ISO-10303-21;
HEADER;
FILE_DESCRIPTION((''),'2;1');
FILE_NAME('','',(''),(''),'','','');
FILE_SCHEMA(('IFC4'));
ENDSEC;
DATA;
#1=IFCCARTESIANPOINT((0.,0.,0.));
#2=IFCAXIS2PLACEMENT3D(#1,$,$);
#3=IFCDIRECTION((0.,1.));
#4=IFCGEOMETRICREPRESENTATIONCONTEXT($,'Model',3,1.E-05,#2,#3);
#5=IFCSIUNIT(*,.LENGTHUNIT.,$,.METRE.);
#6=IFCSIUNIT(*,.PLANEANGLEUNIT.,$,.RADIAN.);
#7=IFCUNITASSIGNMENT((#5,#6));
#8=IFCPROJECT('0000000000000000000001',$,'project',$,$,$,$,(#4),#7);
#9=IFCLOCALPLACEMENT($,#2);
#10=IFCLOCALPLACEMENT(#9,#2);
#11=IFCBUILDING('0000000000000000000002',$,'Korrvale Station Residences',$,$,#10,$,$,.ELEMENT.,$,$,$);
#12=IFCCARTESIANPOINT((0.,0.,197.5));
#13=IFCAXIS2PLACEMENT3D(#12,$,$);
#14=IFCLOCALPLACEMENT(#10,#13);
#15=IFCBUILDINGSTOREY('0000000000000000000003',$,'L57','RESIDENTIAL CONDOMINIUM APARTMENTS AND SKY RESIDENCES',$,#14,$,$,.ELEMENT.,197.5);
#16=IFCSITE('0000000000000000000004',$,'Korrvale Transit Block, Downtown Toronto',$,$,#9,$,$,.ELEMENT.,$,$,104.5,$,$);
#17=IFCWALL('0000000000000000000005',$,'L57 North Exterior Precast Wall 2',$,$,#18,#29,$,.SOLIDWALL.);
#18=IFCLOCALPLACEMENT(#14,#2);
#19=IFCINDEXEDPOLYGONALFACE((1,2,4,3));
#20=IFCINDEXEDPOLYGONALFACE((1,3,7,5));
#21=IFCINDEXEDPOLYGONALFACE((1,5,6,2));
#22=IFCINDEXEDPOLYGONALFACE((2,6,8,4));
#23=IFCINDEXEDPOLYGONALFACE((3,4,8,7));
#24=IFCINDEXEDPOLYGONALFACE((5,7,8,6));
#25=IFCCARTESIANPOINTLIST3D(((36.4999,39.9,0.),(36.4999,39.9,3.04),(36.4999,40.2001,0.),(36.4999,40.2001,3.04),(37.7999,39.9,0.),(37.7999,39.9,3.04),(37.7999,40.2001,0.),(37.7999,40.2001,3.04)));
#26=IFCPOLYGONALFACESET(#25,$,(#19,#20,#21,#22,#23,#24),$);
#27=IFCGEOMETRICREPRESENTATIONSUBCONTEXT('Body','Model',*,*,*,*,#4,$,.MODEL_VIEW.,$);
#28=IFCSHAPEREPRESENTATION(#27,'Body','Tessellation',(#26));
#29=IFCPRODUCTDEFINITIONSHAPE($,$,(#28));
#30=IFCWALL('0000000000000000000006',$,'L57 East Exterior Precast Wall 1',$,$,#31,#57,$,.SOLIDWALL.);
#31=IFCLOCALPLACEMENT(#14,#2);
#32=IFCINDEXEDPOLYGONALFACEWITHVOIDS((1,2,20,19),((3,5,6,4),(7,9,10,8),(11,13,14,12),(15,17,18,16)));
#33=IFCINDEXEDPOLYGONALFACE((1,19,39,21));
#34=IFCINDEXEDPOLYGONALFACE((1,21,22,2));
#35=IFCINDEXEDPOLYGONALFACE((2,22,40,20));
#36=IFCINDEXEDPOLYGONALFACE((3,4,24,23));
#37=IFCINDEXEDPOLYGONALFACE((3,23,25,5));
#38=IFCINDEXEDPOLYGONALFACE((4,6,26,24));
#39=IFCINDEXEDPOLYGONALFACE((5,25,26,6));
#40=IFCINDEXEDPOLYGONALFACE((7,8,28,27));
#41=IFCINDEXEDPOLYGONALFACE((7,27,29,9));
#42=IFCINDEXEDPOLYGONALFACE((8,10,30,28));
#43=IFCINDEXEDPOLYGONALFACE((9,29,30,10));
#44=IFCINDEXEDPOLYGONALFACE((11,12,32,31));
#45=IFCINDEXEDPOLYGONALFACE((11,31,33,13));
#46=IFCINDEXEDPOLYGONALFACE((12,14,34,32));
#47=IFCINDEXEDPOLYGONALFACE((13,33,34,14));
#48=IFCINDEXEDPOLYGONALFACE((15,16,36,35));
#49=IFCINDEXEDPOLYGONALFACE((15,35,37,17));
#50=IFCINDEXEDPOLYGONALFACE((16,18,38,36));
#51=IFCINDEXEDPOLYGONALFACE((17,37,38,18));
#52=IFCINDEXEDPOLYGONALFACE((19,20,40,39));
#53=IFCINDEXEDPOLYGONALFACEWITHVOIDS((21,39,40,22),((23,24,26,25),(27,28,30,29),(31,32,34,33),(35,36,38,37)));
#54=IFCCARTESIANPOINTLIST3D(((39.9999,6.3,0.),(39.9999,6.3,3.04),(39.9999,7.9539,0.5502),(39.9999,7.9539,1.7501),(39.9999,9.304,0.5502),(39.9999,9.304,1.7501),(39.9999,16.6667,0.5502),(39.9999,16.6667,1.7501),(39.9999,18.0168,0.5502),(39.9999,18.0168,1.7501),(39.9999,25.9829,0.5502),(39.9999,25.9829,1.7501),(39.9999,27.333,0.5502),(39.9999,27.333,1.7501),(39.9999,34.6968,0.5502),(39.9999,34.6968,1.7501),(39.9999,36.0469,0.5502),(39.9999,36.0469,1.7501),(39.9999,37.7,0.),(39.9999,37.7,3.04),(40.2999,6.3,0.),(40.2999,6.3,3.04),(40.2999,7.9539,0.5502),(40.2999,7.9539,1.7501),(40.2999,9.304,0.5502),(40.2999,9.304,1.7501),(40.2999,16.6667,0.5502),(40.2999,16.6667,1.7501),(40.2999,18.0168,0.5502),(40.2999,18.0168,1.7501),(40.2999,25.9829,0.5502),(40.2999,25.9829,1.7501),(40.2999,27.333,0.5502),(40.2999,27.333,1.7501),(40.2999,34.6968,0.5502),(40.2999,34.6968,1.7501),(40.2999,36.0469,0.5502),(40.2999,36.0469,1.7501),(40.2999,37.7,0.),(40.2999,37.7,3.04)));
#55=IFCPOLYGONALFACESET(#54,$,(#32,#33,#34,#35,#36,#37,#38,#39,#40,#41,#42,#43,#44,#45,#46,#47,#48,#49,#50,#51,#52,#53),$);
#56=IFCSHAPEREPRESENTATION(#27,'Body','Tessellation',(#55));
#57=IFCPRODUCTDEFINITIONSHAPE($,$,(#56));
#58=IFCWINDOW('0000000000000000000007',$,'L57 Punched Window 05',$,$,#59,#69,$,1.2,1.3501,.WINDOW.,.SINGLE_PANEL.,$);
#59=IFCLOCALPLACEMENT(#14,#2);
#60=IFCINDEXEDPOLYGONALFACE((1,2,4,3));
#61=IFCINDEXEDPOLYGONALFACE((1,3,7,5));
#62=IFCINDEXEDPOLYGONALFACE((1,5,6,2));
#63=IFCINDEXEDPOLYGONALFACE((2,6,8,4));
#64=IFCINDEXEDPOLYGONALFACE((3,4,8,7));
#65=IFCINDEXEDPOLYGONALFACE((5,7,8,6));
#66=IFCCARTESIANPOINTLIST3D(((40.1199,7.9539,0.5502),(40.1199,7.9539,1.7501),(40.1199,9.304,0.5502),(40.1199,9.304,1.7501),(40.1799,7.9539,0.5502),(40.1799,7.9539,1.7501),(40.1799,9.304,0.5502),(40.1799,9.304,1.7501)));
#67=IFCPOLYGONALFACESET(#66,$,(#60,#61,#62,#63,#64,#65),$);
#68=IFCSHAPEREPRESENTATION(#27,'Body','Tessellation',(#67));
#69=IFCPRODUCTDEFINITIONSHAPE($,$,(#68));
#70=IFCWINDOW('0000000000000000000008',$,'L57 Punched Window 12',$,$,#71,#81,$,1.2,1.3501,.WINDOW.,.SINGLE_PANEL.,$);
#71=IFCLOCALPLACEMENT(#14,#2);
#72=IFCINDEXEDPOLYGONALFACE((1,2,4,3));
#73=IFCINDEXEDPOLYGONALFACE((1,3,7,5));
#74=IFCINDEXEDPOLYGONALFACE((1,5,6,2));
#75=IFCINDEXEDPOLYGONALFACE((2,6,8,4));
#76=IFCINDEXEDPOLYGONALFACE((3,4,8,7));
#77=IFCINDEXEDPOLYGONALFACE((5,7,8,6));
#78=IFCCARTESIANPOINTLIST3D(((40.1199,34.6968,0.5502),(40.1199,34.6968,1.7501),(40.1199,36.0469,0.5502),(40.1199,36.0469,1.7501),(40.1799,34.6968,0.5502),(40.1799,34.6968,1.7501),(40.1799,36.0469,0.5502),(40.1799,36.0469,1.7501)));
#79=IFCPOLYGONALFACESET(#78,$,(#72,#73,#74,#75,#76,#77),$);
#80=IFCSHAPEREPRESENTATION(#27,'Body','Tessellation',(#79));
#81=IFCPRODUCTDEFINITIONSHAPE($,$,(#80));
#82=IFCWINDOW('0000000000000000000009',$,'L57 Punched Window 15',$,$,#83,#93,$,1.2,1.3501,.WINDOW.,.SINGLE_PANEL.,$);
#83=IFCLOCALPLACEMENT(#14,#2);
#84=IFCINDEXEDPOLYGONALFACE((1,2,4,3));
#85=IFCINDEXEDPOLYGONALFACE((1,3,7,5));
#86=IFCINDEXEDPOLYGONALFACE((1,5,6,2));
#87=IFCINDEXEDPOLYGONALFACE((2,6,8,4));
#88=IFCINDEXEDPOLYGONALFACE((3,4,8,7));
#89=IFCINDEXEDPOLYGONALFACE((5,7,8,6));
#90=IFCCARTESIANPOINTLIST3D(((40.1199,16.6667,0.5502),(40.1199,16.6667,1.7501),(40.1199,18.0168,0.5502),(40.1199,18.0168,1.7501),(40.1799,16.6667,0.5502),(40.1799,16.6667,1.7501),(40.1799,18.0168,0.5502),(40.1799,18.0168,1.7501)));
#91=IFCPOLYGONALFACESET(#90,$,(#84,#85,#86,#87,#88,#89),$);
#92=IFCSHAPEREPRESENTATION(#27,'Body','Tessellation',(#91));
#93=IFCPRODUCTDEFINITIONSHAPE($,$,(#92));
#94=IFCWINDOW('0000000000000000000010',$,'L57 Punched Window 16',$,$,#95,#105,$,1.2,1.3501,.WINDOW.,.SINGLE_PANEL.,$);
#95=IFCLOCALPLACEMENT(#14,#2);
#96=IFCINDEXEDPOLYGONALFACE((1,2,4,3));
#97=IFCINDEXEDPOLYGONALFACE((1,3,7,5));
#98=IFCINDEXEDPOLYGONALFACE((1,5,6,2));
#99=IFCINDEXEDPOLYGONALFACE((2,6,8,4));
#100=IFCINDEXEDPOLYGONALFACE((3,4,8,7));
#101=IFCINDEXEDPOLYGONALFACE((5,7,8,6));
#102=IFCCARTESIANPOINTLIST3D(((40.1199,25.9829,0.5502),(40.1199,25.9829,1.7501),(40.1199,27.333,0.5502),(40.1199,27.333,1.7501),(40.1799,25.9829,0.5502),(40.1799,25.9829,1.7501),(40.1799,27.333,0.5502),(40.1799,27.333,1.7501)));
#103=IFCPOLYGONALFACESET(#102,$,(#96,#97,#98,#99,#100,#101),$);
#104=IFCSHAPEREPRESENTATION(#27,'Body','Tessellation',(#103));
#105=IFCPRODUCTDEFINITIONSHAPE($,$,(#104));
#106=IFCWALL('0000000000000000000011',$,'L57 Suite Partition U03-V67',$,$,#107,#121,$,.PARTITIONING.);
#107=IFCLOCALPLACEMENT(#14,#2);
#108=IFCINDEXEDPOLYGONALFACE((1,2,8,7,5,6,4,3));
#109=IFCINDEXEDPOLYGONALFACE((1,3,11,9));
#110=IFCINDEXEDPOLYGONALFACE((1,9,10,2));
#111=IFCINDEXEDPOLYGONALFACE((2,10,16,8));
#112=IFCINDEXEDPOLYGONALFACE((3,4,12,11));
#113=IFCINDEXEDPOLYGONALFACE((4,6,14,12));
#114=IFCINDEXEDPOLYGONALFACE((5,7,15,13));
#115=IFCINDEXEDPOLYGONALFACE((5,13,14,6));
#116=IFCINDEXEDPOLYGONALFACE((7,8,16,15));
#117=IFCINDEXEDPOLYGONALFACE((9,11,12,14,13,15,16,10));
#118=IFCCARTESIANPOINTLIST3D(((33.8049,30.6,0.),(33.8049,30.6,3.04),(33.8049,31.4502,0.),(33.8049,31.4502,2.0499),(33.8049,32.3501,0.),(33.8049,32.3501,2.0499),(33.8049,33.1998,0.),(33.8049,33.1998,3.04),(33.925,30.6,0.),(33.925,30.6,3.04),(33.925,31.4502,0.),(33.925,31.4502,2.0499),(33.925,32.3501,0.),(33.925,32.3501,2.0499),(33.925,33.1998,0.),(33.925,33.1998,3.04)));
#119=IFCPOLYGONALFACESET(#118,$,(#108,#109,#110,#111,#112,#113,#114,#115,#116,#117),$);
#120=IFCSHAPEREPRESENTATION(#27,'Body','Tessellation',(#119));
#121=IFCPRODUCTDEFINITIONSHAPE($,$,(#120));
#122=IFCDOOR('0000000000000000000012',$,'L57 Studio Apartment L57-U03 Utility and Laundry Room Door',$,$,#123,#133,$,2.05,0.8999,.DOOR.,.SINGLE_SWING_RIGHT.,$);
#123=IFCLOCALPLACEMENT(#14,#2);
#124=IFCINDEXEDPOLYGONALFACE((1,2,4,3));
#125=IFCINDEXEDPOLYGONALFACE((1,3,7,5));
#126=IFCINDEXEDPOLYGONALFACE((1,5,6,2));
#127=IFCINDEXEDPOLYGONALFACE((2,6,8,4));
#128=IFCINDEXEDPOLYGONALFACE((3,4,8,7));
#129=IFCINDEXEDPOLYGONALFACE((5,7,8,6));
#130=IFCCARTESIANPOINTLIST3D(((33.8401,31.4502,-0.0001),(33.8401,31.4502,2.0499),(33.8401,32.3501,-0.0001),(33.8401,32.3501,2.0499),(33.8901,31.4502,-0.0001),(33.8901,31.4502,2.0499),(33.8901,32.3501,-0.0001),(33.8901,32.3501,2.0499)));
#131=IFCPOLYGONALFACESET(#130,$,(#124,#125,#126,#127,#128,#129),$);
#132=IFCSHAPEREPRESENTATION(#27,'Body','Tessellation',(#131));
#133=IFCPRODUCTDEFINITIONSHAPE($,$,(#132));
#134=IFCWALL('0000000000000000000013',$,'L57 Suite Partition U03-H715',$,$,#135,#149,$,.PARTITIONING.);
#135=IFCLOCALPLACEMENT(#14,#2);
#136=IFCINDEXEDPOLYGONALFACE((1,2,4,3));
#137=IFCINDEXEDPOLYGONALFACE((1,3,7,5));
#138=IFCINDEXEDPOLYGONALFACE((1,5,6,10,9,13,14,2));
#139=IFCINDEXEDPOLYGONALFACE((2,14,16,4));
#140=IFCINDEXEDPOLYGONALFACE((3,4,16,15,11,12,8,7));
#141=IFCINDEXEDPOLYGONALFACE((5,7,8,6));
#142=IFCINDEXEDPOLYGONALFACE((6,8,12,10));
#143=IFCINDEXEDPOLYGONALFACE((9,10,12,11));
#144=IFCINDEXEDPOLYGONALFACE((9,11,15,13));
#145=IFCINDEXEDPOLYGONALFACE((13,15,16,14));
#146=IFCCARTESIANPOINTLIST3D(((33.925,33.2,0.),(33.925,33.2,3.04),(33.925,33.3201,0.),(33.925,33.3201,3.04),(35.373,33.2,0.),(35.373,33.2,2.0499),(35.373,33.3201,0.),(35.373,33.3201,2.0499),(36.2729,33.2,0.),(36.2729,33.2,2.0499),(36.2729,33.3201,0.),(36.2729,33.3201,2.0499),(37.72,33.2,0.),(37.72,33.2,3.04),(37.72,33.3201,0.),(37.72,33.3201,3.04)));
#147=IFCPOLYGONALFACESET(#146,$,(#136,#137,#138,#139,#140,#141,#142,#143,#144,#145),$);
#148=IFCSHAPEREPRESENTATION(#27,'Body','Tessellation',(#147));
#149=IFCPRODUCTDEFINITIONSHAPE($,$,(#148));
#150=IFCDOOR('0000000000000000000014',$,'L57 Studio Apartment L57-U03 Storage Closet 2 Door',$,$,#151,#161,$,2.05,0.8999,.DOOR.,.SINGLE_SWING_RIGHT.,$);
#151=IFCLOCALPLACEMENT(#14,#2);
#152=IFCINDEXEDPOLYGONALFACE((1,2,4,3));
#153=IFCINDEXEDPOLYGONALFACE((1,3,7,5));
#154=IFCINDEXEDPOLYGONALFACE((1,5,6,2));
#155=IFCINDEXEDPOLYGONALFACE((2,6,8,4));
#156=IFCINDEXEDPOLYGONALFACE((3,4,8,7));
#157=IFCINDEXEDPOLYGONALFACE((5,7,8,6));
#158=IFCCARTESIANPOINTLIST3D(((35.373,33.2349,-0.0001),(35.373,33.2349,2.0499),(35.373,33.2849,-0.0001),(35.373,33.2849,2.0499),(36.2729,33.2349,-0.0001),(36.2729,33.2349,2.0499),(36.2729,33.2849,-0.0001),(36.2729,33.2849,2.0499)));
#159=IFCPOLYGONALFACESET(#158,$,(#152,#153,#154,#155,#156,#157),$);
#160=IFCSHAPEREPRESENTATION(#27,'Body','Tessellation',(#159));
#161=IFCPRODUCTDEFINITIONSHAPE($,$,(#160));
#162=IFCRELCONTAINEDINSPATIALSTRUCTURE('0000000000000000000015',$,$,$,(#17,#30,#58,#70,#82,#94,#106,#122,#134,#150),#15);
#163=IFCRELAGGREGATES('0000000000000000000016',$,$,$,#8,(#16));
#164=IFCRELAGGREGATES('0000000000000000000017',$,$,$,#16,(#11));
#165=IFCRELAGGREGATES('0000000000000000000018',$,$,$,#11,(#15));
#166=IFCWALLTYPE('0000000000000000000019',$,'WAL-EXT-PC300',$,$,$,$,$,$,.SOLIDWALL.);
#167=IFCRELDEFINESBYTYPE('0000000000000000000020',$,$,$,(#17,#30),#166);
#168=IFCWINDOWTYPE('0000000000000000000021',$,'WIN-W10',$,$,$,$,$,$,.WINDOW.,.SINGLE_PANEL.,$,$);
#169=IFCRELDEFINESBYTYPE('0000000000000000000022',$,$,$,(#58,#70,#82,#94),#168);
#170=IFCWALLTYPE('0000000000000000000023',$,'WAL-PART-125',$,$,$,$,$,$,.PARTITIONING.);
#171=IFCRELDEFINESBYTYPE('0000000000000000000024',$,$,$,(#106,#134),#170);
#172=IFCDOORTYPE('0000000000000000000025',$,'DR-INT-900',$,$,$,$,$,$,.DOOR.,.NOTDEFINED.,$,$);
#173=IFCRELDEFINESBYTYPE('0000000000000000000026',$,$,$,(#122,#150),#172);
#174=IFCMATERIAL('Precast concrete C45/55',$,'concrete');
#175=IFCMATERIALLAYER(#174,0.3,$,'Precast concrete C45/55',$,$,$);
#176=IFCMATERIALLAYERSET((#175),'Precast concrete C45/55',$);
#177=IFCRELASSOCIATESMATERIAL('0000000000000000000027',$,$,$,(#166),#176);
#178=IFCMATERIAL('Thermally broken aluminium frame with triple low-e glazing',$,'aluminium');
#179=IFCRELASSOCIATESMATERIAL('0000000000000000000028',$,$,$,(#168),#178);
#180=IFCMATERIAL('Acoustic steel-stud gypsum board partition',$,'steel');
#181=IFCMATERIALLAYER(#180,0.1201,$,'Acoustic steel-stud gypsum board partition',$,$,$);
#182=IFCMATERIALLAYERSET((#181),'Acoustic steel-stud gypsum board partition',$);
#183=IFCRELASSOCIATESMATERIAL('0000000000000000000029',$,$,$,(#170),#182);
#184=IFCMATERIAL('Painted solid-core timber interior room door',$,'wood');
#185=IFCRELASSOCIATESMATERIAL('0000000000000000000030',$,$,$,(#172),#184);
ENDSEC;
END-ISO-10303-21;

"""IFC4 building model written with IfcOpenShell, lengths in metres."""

from ifc_helpers import new_model, si_unit, direction, frame, frame_2d, origin, place, context, subcontext, project, spatial, rectangle, extrude, material, layer, layer_set, type_object, element, fill, save


model = new_model("IFC4")

# Units and contexts
model_context = context("Model", 3, precision=1e-05, world=origin(), true_north=direction((0.0, 1.0)))
body_context = subcontext(model_context, "Body", "Model", "MODEL_VIEW")
ifc_project = project(units=[si_unit("LENGTHUNIT", "METRE"), si_unit("PLANEANGLEUNIT", "RADIAN")], contexts=[model_context])

# Site, building, storey
site_placement = place(None, origin())
site = spatial("IfcSite", under=ifc_project, at=site_placement, Name="Korrvale Transit Block, Downtown Toronto", CompositionType="ELEMENT", RefElevation=104.5)
building_placement = place(site_placement, origin())
building = spatial("IfcBuilding", under=site, at=building_placement, Name="Korrvale Station Residences", CompositionType="ELEMENT")
storey_placement = place(building_placement, frame((0.0, 0.0, 197.5)))
storey = spatial("IfcBuildingStorey", under=building, at=storey_placement, Name="L57", Description="RESIDENTIAL CONDOMINIUM APARTMENTS AND SKY RESIDENCES", CompositionType="ELEMENT", Elevation=197.5)

# Wall
ifc_material_1 = material(Name="Precast concrete C45/55", Category="concrete")
ifc_layer_1 = layer(ifc_material_1, 0.3, Name="Precast concrete C45/55")
ifc_layer_set_1 = layer_set([ifc_layer_1], Name="Precast concrete C45/55")
wall_type_1 = type_object("IfcWallType", Name="WAL-EXT-PC300", PredefinedType="SOLIDWALL", material=ifc_layer_set_1)
wall_1_placement = place(storey_placement, frame((36.5, 40.05, 0.0), z_axis=(0.0, 0.0, 1.0), x_axis=(1.0, 0.0, 0.0)))
element("IfcWall", 1, at=wall_1_placement, inside=storey, type_object=wall_type_1, Name="L57 North Exterior Precast Wall 2", PredefinedType="SOLIDWALL", context=body_context, shape_type="SweptSolid", body=[
    extrude(rectangle(XDim=1.3, YDim=0.3, at=frame_2d((0.6499, 0.0))), origin(), (0.0, 0.0, 1.0), 3.04),
])

# Wall, openings, windows
wall_2_placement = place(storey_placement, frame((40.1499, 37.7, 0.0), z_axis=(0.0, 0.0, 1.0), x_axis=(0.0, -1.0, 0.0)))
wall_2 = element("IfcWall", 2, at=wall_2_placement, inside=storey, type_object=wall_type_1, Name="L57 East Exterior Precast Wall 1", PredefinedType="SOLIDWALL", context=body_context, shape_type="SweptSolid", body=[
    extrude(rectangle(XDim=31.3999, YDim=0.3, at=frame_2d((15.7, 0.0))), origin(), (0.0, 0.0, 1.0), 3.04),
])
opening_1_placement = place(wall_2_placement, frame((28.396, 0.0, 0.55)))
opening_1 = element("IfcOpeningElement", 3, at=opening_1_placement, cuts=wall_2, PredefinedType="OPENING", context=body_context, shape_type="SweptSolid", body=[
    extrude(rectangle(XDim=1.3501, YDim=1.2, at=frame_2d((0.675, 0.6001))), frame((0.0, 0.1602, 0.0), z_axis=(0.0, -1.0, 0.0), x_axis=(1.0, 0.0, 0.0)), (0.0, 0.0, 1.0), 0.3201),
])
opening_2_placement = place(wall_2_placement, frame((1.6531, 0.0, 0.55)))
opening_2 = element("IfcOpeningElement", 4, at=opening_2_placement, cuts=wall_2, PredefinedType="OPENING", context=body_context, shape_type="SweptSolid", body=[
    extrude(rectangle(XDim=1.3501, YDim=1.2, at=frame_2d((0.675, 0.6001))), frame((0.0, 0.1602, 0.0), z_axis=(0.0, -1.0, 0.0), x_axis=(1.0, 0.0, 0.0)), (0.0, 0.0, 1.0), 0.3201),
])
opening_3_placement = place(wall_2_placement, frame((19.6831, 0.0, 0.55)))
opening_3 = element("IfcOpeningElement", 5, at=opening_3_placement, cuts=wall_2, PredefinedType="OPENING", context=body_context, shape_type="SweptSolid", body=[
    extrude(rectangle(XDim=1.3501, YDim=1.2, at=frame_2d((0.675, 0.6001))), frame((0.0, 0.1602, 0.0), z_axis=(0.0, -1.0, 0.0), x_axis=(1.0, 0.0, 0.0)), (0.0, 0.0, 1.0), 0.3201),
])
opening_4_placement = place(wall_2_placement, frame((10.3669, 0.0, 0.55)))
opening_4 = element("IfcOpeningElement", 6, at=opening_4_placement, cuts=wall_2, PredefinedType="OPENING", context=body_context, shape_type="SweptSolid", body=[
    extrude(rectangle(XDim=1.3501, YDim=1.2, at=frame_2d((0.675, 0.6001))), frame((0.0, 0.1602, 0.0), z_axis=(0.0, -1.0, 0.0), x_axis=(1.0, 0.0, 0.0)), (0.0, 0.0, 1.0), 0.3201),
])
ifc_material_2 = material(Name="Thermally broken aluminium frame with triple low-e glazing", Category="aluminium")
window_type = type_object("IfcWindowType", Name="WIN-W10", PartitioningType="SINGLE_PANEL", PredefinedType="WINDOW", material=ifc_material_2)
window_1_placement = place(opening_1_placement, origin())
window_1 = element("IfcWindow", 7, at=window_1_placement, inside=storey, type_object=window_type, Name="L57 Punched Window 05", OverallHeight=1.2, OverallWidth=1.3501, PartitioningType="SINGLE_PANEL", PredefinedType="WINDOW", context=body_context, shape_type="SweptSolid", body=[
    extrude(rectangle(XDim=1.3501, YDim=1.2, at=frame_2d((0.675, 0.6001))), frame((0.0, 0.03, 0.0), z_axis=(0.0, -1.0, 0.0), x_axis=(1.0, 0.0, 0.0)), (0.0, 0.0, 1.0), 0.0601),
])
fill(opening_1, window_1)
window_2_placement = place(opening_2_placement, origin())
window_2 = element("IfcWindow", 8, at=window_2_placement, inside=storey, type_object=window_type, Name="L57 Punched Window 12", OverallHeight=1.2, OverallWidth=1.3501, PartitioningType="SINGLE_PANEL", PredefinedType="WINDOW", context=body_context, shape_type="SweptSolid", body=[
    extrude(rectangle(XDim=1.3501, YDim=1.2, at=frame_2d((0.675, 0.6001))), frame((0.0, 0.03, 0.0), z_axis=(0.0, -1.0, 0.0), x_axis=(1.0, 0.0, 0.0)), (0.0, 0.0, 1.0), 0.0601),
])
fill(opening_2, window_2)
window_3_placement = place(opening_3_placement, origin())
window_3 = element("IfcWindow", 9, at=window_3_placement, inside=storey, type_object=window_type, Name="L57 Punched Window 15", OverallHeight=1.2, OverallWidth=1.3501, PartitioningType="SINGLE_PANEL", PredefinedType="WINDOW", context=body_context, shape_type="SweptSolid", body=[
    extrude(rectangle(XDim=1.3501, YDim=1.2, at=frame_2d((0.675, 0.6001))), frame((0.0, 0.03, 0.0), z_axis=(0.0, -1.0, 0.0), x_axis=(1.0, 0.0, 0.0)), (0.0, 0.0, 1.0), 0.0601),
])
fill(opening_3, window_3)
window_4_placement = place(opening_4_placement, origin())
window_4 = element("IfcWindow", 10, at=window_4_placement, inside=storey, type_object=window_type, Name="L57 Punched Window 16", OverallHeight=1.2, OverallWidth=1.3501, PartitioningType="SINGLE_PANEL", PredefinedType="WINDOW", context=body_context, shape_type="SweptSolid", body=[
    extrude(rectangle(XDim=1.3501, YDim=1.2, at=frame_2d((0.675, 0.6001))), frame((0.0, 0.03, 0.0), z_axis=(0.0, -1.0, 0.0), x_axis=(1.0, 0.0, 0.0)), (0.0, 0.0, 1.0), 0.0601),
])
fill(opening_4, window_4)

# Walls, openings, doors
ifc_material_3 = material(Name="Acoustic steel-stud gypsum board partition", Category="steel")
ifc_layer_2 = layer(ifc_material_3, 0.1201, Name="Acoustic steel-stud gypsum board partition")
ifc_layer_set_2 = layer_set([ifc_layer_2], Name="Acoustic steel-stud gypsum board partition")
wall_type_2 = type_object("IfcWallType", Name="WAL-PART-125", PredefinedType="PARTITIONING", material=ifc_layer_set_2)
wall_3_placement = place(storey_placement, frame((33.865, 30.6001, 0.0), z_axis=(0.0, 0.0, 1.0), x_axis=(0.0, 1.0, 0.0)))
wall_3 = element("IfcWall", 11, at=wall_3_placement, inside=storey, type_object=wall_type_2, Name="L57 Suite Partition U03-V67", PredefinedType="PARTITIONING", context=body_context, shape_type="SweptSolid", body=[
    extrude(rectangle(XDim=2.5999, YDim=0.1201, at=frame_2d((1.2998, 0.0))), origin(), (0.0, 0.0, 1.0), 3.04),
])
opening_5_placement = place(wall_3_placement, frame((0.8501, 0.0, 0.0)))
opening_5 = element("IfcOpeningElement", 12, at=opening_5_placement, cuts=wall_3, PredefinedType="OPENING", context=body_context, shape_type="SweptSolid", body=[
    extrude(rectangle(XDim=0.8999, YDim=2.05, at=frame_2d((0.45, 1.0249))), frame((0.0, 0.0701, 0.0), z_axis=(0.0, -1.0, 0.0), x_axis=(1.0, 0.0, 0.0)), (0.0, 0.0, 1.0), 0.1401),
])
ifc_material_4 = material(Name="Painted solid-core timber interior room door", Category="wood")
door_type = type_object("IfcDoorType", Name="DR-INT-900", OperationType="NOTDEFINED", PredefinedType="DOOR", material=ifc_material_4)
door_1_placement = place(opening_5_placement, origin())
door_1 = element("IfcDoor", 13, at=door_1_placement, inside=storey, type_object=door_type, Name="L57 Studio Apartment L57-U03 Utility and Laundry Room Door", OperationType="SINGLE_SWING_RIGHT", OverallHeight=2.05, OverallWidth=0.8999, PredefinedType="DOOR", context=body_context, shape_type="SweptSolid", body=[
    extrude(rectangle(XDim=0.8999, YDim=2.05, at=frame_2d((0.45, 1.0249))), frame((0.0, 0.0249, 0.0), z_axis=(0.0, -1.0, 0.0), x_axis=(1.0, 0.0, 0.0)), (0.0, 0.0, 1.0), 0.05),
])
fill(opening_5, door_1)
wall_4_placement = place(storey_placement, frame((33.925, 33.26, 0.0), z_axis=(0.0, 0.0, 1.0), x_axis=(1.0, 0.0, 0.0)))
wall_4 = element("IfcWall", 14, at=wall_4_placement, inside=storey, type_object=wall_type_2, Name="L57 Suite Partition U03-H715", PredefinedType="PARTITIONING", context=body_context, shape_type="SweptSolid", body=[
    extrude(rectangle(XDim=3.7949, YDim=0.1201, at=frame_2d((1.8975, 0.0))), origin(), (0.0, 0.0, 1.0), 3.04),
])
opening_6_placement = place(wall_4_placement, frame((1.448, 0.0, 0.0)))
opening_6 = element("IfcOpeningElement", 15, at=opening_6_placement, cuts=wall_4, PredefinedType="OPENING", context=body_context, shape_type="SweptSolid", body=[
    extrude(rectangle(XDim=0.8999, YDim=2.05, at=frame_2d((0.45, 1.0249))), frame((0.0, 0.0701, 0.0), z_axis=(0.0, -1.0, 0.0), x_axis=(1.0, 0.0, 0.0)), (0.0, 0.0, 1.0), 0.1401),
])
door_2_placement = place(opening_6_placement, origin())
door_2 = element("IfcDoor", 16, at=door_2_placement, inside=storey, type_object=door_type, Name="L57 Studio Apartment L57-U03 Storage Closet 2 Door", OperationType="SINGLE_SWING_RIGHT", OverallHeight=2.05, OverallWidth=0.8999, PredefinedType="DOOR", context=body_context, shape_type="SweptSolid", body=[
    extrude(rectangle(XDim=0.8999, YDim=2.05, at=frame_2d((0.45, 1.0249))), frame((0.0, 0.0249, 0.0), z_axis=(0.0, -1.0, 0.0), x_axis=(1.0, 0.0, 0.0)), (0.0, 0.0, 1.0), 0.05),
])
fill(opening_6, door_2)

save(model, "model.ifc")
